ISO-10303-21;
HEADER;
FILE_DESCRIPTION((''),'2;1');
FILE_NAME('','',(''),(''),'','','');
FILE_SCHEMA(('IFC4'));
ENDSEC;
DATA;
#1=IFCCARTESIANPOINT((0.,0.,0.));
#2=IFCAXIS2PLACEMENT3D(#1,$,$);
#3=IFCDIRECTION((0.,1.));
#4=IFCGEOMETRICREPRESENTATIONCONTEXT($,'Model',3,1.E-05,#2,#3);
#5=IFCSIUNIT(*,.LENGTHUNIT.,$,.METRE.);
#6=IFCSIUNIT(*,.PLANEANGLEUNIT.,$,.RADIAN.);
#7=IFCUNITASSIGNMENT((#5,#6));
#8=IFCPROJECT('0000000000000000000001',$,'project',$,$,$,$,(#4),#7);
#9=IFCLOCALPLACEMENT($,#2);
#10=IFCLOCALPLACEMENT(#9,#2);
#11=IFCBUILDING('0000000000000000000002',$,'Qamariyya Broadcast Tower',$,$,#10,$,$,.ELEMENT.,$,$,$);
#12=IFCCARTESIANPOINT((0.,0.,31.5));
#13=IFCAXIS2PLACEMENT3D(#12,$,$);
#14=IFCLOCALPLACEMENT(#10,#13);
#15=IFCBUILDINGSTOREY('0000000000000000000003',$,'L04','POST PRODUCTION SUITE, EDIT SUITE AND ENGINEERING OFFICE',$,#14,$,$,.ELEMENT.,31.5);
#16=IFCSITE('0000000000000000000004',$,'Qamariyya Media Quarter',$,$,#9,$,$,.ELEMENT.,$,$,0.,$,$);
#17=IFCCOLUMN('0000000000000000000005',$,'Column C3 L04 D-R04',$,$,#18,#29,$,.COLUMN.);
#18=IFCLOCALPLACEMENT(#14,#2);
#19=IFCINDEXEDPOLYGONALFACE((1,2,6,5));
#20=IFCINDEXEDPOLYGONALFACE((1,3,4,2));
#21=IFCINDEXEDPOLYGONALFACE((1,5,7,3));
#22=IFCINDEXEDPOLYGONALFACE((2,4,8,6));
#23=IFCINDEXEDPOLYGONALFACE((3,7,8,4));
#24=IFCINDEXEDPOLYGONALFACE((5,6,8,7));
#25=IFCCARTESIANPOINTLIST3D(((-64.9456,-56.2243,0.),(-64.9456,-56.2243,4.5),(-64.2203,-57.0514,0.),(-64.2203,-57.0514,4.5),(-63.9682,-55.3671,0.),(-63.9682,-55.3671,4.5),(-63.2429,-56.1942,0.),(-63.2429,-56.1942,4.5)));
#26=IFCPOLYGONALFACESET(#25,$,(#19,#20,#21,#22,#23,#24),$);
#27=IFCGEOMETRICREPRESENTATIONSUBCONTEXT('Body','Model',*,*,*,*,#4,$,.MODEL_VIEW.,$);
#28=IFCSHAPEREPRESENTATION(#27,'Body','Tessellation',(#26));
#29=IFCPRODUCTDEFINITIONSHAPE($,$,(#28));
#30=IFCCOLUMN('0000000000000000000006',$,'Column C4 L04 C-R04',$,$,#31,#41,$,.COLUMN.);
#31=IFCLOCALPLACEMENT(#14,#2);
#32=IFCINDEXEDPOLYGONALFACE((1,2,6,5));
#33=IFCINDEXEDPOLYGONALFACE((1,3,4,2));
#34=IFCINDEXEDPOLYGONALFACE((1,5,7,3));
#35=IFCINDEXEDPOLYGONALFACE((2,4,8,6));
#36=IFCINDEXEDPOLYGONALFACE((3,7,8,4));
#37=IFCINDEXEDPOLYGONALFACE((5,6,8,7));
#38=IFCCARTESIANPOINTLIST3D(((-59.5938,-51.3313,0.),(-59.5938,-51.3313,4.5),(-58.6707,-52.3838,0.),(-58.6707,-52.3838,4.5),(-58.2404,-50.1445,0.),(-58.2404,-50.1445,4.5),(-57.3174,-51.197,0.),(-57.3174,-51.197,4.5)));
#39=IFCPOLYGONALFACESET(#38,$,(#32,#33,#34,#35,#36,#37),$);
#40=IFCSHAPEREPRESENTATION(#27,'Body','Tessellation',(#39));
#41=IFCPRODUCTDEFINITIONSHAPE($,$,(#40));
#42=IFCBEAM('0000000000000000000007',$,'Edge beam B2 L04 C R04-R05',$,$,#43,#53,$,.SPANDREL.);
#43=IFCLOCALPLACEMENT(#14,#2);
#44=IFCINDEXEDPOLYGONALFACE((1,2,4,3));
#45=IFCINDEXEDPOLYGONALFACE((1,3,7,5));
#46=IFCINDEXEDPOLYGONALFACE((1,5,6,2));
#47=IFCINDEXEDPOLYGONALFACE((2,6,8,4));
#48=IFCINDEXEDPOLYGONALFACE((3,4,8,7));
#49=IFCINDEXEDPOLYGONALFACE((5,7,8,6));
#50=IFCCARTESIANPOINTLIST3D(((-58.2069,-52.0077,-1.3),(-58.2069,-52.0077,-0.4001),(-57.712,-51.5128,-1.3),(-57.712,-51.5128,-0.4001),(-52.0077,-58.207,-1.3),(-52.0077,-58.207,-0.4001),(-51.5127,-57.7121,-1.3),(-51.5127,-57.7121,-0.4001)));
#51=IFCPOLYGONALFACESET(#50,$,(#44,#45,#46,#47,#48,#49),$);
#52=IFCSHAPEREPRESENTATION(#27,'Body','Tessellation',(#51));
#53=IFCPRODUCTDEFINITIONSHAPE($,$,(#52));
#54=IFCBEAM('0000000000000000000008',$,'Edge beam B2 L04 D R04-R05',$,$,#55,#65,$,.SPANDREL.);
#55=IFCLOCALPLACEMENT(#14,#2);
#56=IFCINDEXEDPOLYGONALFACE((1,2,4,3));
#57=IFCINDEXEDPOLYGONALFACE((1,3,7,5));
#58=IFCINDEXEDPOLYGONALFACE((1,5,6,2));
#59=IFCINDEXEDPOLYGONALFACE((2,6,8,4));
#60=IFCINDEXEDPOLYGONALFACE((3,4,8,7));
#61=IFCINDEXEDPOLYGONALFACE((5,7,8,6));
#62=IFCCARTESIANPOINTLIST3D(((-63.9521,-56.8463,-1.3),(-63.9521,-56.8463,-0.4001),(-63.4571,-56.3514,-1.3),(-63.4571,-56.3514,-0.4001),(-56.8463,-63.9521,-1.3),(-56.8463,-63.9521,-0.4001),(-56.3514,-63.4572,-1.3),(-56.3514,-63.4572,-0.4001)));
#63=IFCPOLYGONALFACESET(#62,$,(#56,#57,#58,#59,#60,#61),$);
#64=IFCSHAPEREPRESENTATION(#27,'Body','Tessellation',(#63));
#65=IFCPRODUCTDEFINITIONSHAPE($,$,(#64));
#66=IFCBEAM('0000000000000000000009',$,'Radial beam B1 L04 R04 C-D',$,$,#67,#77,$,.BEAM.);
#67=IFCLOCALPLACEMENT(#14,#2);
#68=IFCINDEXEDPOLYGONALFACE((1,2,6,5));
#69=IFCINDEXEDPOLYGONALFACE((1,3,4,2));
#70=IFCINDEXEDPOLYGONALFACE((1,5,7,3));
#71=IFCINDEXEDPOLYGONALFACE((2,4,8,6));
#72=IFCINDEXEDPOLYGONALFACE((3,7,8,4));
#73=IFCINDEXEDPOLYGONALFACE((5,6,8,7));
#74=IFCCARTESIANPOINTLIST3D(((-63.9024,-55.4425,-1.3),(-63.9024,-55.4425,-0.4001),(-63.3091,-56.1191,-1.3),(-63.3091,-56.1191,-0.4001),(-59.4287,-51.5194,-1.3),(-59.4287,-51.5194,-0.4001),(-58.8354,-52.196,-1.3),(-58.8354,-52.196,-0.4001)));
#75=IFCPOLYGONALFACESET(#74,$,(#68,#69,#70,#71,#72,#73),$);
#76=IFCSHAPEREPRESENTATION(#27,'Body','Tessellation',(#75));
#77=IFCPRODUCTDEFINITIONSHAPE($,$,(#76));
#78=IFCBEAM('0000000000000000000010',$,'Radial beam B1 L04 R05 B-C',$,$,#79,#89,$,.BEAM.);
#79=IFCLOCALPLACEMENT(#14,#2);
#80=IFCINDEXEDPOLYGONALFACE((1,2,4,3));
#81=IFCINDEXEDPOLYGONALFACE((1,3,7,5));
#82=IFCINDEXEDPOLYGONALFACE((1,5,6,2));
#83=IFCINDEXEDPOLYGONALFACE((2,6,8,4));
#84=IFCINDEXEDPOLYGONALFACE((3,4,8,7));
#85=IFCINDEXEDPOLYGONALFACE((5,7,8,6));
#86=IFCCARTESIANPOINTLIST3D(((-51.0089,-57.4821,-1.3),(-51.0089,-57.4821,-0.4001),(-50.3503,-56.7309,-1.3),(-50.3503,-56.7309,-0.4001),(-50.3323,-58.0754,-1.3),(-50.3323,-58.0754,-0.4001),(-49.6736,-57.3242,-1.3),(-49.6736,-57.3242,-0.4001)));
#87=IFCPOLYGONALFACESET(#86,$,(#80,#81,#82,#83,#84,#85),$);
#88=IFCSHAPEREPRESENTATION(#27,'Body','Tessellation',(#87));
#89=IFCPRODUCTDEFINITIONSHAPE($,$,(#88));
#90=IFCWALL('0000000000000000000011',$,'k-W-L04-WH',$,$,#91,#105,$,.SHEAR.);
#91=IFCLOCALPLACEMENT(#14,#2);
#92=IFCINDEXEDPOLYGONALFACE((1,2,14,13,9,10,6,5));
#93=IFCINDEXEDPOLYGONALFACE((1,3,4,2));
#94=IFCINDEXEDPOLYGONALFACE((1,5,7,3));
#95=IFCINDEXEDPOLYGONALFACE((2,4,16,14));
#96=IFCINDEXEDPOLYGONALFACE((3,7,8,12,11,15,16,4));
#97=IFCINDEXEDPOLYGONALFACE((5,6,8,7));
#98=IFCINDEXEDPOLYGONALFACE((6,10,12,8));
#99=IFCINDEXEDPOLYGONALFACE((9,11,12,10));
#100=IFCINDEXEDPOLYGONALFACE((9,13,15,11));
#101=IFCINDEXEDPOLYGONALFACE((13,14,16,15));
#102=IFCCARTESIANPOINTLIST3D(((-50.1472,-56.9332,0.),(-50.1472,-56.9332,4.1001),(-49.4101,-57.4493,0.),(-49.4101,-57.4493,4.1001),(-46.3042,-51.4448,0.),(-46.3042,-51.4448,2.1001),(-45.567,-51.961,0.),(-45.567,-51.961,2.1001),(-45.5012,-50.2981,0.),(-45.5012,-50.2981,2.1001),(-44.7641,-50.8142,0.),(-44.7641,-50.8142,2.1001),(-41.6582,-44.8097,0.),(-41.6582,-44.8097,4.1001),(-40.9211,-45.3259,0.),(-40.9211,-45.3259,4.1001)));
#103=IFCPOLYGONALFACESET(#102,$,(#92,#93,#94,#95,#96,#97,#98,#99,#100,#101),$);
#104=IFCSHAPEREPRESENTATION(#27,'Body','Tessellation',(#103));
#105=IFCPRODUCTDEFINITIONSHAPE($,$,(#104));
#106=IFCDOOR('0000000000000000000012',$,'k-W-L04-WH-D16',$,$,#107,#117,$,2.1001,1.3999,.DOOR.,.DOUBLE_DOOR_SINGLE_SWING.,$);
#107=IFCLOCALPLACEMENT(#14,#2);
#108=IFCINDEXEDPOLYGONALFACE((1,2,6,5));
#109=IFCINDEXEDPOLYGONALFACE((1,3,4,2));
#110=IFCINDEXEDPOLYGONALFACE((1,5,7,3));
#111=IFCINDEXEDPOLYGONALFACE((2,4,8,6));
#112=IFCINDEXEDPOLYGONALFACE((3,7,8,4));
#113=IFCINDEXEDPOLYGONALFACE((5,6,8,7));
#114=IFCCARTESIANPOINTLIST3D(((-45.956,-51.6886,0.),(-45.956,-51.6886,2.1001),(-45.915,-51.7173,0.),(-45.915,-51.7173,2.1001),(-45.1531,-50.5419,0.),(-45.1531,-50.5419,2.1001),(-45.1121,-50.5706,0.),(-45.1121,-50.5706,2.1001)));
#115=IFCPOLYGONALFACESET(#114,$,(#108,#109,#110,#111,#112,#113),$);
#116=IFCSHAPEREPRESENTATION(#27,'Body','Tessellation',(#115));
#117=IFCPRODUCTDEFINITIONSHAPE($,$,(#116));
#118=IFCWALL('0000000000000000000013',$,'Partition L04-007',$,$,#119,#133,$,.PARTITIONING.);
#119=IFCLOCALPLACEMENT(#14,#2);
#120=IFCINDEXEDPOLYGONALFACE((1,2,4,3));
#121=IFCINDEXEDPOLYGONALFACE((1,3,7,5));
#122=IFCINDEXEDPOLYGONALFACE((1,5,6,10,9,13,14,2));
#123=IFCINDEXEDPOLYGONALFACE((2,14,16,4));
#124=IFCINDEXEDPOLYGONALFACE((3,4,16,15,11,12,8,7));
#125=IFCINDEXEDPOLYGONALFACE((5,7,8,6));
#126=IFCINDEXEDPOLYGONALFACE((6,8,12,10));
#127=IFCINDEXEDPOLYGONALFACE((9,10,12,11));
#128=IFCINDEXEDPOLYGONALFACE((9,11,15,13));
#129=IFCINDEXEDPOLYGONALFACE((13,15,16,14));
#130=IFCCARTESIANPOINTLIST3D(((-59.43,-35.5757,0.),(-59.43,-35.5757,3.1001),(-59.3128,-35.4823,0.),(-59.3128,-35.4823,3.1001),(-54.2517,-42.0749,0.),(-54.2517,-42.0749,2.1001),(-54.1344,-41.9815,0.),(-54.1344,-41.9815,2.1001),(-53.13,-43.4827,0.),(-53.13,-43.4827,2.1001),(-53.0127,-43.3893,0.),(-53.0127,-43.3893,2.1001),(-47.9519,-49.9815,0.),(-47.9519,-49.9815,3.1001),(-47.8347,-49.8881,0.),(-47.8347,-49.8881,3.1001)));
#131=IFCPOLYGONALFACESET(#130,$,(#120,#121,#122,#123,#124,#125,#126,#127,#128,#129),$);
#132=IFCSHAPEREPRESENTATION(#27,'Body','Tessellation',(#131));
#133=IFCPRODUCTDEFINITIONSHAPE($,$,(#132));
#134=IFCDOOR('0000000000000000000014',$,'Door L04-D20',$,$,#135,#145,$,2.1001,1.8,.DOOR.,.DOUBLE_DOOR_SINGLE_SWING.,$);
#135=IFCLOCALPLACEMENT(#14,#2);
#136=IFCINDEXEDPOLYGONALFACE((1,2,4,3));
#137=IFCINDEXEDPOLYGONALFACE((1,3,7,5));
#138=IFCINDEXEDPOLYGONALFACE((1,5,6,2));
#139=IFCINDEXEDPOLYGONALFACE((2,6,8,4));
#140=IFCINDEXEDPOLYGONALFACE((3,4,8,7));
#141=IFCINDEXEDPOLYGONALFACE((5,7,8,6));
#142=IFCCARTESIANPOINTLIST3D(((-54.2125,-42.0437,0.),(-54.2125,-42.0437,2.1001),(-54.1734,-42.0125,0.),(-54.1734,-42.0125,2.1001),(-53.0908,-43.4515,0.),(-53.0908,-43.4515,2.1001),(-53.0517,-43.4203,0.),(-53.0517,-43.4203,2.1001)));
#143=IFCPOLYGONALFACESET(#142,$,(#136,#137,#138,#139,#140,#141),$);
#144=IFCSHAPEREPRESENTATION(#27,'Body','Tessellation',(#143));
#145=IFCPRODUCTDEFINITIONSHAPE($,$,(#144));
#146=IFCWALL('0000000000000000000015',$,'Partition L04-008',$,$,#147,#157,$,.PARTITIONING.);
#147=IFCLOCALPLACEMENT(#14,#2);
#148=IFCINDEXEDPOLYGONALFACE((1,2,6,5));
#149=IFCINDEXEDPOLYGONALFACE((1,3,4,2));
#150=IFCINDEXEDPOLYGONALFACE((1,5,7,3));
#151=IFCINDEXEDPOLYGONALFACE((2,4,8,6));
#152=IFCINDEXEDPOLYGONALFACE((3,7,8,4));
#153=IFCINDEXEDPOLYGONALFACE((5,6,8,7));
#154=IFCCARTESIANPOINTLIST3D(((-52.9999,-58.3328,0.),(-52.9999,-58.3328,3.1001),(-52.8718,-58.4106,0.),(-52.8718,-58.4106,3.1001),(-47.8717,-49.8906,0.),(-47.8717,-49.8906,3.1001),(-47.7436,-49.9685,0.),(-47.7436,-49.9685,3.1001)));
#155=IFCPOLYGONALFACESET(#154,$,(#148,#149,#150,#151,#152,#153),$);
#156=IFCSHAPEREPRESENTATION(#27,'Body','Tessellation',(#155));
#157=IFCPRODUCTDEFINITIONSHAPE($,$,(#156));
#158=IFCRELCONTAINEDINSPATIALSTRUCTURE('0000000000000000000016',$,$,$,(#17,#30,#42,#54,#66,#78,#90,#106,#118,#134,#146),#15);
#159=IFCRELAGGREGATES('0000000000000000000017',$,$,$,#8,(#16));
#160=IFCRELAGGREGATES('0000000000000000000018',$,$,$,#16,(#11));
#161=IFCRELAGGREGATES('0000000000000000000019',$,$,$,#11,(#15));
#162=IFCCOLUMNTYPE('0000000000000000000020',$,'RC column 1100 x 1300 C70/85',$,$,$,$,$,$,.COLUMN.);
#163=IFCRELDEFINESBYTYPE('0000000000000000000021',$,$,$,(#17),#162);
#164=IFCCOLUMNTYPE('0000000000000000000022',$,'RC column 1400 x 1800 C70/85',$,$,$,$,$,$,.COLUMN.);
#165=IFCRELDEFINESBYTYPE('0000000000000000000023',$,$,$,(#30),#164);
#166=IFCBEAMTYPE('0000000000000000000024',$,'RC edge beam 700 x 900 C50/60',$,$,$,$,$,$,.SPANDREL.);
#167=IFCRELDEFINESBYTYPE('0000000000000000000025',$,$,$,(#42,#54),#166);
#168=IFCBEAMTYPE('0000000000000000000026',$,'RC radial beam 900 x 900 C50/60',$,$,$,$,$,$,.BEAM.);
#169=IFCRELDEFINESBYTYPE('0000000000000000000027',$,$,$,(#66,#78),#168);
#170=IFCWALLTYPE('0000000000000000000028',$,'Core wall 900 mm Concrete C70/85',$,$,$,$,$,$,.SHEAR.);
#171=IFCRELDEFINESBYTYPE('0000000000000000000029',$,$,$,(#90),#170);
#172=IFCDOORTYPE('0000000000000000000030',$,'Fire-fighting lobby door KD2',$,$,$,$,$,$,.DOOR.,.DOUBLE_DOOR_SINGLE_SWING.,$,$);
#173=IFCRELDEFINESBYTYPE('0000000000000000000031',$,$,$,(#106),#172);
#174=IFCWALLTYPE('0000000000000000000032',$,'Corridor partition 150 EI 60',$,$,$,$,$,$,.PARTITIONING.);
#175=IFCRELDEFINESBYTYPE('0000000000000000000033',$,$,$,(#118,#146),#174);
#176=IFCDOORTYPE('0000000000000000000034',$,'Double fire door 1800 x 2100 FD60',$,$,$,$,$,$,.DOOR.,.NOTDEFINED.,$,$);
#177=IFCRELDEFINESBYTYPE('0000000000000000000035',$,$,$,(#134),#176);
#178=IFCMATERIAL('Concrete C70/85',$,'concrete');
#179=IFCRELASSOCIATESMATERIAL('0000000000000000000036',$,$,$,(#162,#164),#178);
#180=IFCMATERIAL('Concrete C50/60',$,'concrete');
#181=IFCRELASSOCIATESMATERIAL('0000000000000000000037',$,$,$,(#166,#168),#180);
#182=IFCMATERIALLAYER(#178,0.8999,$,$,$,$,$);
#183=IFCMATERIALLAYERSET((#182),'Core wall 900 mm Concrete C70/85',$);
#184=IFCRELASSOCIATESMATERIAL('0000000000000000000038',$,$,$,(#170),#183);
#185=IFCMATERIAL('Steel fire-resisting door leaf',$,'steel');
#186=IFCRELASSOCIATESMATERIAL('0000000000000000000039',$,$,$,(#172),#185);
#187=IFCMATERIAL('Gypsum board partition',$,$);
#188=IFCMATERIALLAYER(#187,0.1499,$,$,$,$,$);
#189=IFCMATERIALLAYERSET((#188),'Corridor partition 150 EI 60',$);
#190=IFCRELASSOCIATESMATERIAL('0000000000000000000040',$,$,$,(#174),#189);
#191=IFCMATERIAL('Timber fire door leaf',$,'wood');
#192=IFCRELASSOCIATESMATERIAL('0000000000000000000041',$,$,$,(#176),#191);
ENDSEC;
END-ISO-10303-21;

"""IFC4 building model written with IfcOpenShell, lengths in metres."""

from ifc_helpers import new_model, si_unit, direction, frame, frame_2d, origin, origin_2d, place, context, subcontext, project, spatial, rectangle, extrude, material, layer, layer_set, material_profile, profile_set, type_object, element, fill, save


model = new_model("IFC4")

# Units and contexts
model_context = context("Model", 3, precision=1e-05, world=origin(), true_north=direction((0.0, 1.0)))
body_context = subcontext(model_context, "Body", "Model", "MODEL_VIEW")
ifc_project = project(units=[si_unit("LENGTHUNIT", "METRE"), si_unit("PLANEANGLEUNIT", "RADIAN")], contexts=[model_context])

# Site, building, storey
site_placement = place(None, origin())
site = spatial("IfcSite", under=ifc_project, at=site_placement, Name="Qamariyya Media Quarter", CompositionType="ELEMENT", RefElevation=0.0)
building_placement = place(site_placement, origin())
building = spatial("IfcBuilding", under=site, at=building_placement, Name="Qamariyya Broadcast Tower", CompositionType="ELEMENT")
storey_placement = place(building_placement, frame((0.0, 0.0, 31.5)))
storey = spatial("IfcBuildingStorey", under=building, at=storey_placement, Name="L04", Description="POST PRODUCTION SUITE, EDIT SUITE AND ENGINEERING OFFICE", CompositionType="ELEMENT", Elevation=31.5)

# Columns
ifc_material_1 = material(Name="Concrete C70/85", Category="concrete")
ifc_material_profile_1 = material_profile(ifc_material_1, rectangle(XDim=1.1001, YDim=1.3, at=origin_2d()))
ifc_profile_set_1 = profile_set([ifc_material_profile_1], Name="Concrete C70/85")
column_type_1 = type_object("IfcColumnType", Name="RC column 1100 x 1300 C70/85", PredefinedType="COLUMN", material=ifc_profile_set_1)
column_1_placement = place(storey_placement, frame((-64.0942, -56.2092, 0.0), z_axis=(0.0, 0.0, 1.0), x_axis=(0.659346, -0.75184, 0.0)))
element("IfcColumn", 1, at=column_1_placement, inside=storey, type_object=column_type_1, Name="Column C3 L04 D-R04", PredefinedType="COLUMN", context=body_context, shape_type="SweptSolid", body=[
    extrude(rectangle(XDim=1.1001, YDim=1.3, at=origin_2d()), origin(), (0.0, 0.0, 1.0), 4.5),
])
ifc_material_profile_2 = material_profile(ifc_material_1, rectangle(XDim=1.3999, YDim=1.8, at=origin_2d()))
ifc_profile_set_2 = profile_set([ifc_material_profile_2], Name="Concrete C70/85")
column_type_2 = type_object("IfcColumnType", Name="RC column 1400 x 1800 C70/85", PredefinedType="COLUMN", material=ifc_profile_set_2)
column_2_placement = place(storey_placement, frame((-58.4556, -51.2642, 0.0), z_axis=(0.0, 0.0, 1.0), x_axis=(0.659346, -0.75184, 0.0)))
element("IfcColumn", 2, at=column_2_placement, inside=storey, type_object=column_type_2, Name="Column C4 L04 C-R04", PredefinedType="COLUMN", context=body_context, shape_type="SweptSolid", body=[
    extrude(rectangle(XDim=1.3999, YDim=1.8, at=origin_2d()), origin(), (0.0, 0.0, 1.0), 4.5),
])

# Beams
ifc_material_2 = material(Name="Concrete C50/60", Category="concrete")
ifc_material_profile_3 = material_profile(ifc_material_2, rectangle(XDim=0.7, YDim=0.8999, at=origin_2d()))
ifc_profile_set_3 = profile_set([ifc_material_profile_3], Name="Concrete C50/60")
beam_type_1 = type_object("IfcBeamType", Name="RC edge beam 700 x 900 C50/60", PredefinedType="SPANDREL", material=ifc_profile_set_3)
beam_1_placement = place(storey_placement, frame((-57.9595, -51.7603, -0.8501), z_axis=(0.707107, -0.707107, 0.0), x_axis=(0.707107, 0.707107, 0.0)))
element("IfcBeam", 3, at=beam_1_placement, inside=storey, type_object=beam_type_1, Name="Edge beam B2 L04 C R04-R05", PredefinedType="SPANDREL", context=body_context, shape_type="SweptSolid", body=[
    extrude(rectangle(XDim=0.7, YDim=0.8999, at=origin_2d()), origin(), (0.0, 0.0, 1.0), 8.7671),
])
beam_2_placement = place(storey_placement, frame((-63.7046, -56.5989, -0.8501), z_axis=(0.707107, -0.707107, 0.0), x_axis=(0.707107, 0.707107, 0.0)))
element("IfcBeam", 4, at=beam_2_placement, inside=storey, type_object=beam_type_1, Name="Edge beam B2 L04 D R04-R05", PredefinedType="SPANDREL", context=body_context, shape_type="SweptSolid", body=[
    extrude(rectangle(XDim=0.7, YDim=0.8999, at=origin_2d()), origin(), (0.0, 0.0, 1.0), 10.0491),
])
ifc_material_profile_4 = material_profile(ifc_material_2, rectangle(XDim=0.8999, YDim=0.8999, at=origin_2d()))
ifc_profile_set_4 = profile_set([ifc_material_profile_4], Name="Concrete C50/60")
beam_type_2 = type_object("IfcBeamType", Name="RC radial beam 900 x 900 C50/60", PredefinedType="BEAM", material=ifc_profile_set_4)
beam_3_placement = place(storey_placement, frame((-59.1321, -51.8577, -0.8501), z_axis=(-0.751854, -0.659329, 0.0), x_axis=(0.659329, -0.751854, 0.0)))
element("IfcBeam", 5, at=beam_3_placement, inside=storey, type_object=beam_type_2, Name="Radial beam B1 L04 R04 C-D", PredefinedType="BEAM", context=body_context, shape_type="SweptSolid", body=[
    extrude(rectangle(XDim=0.8999, YDim=0.8999, at=origin_2d()), origin(), (0.0, 0.0, 1.0), 5.9502),
])
beam_4_placement = place(storey_placement, frame((-50.012, -57.0276, -0.8501), z_axis=(-0.659283, -0.751895, 0.0), x_axis=(0.751895, -0.659283, 0.0)))
element("IfcBeam", 6, at=beam_4_placement, inside=storey, type_object=beam_type_2, Name="Radial beam B1 L04 R05 B-C", PredefinedType="BEAM", context=body_context, shape_type="SweptSolid", body=[
    extrude(rectangle(XDim=0.8999, YDim=0.8999, at=origin_2d()), origin(), (0.0, 0.0, 1.0), 0.999),
])

# Walls, openings, doors
ifc_layer_1 = layer(ifc_material_1, 0.8999)
ifc_layer_set_1 = layer_set([ifc_layer_1], Name="Core wall 900 mm Concrete C70/85")
wall_type_1 = type_object("IfcWallType", Name="Core wall 900 mm Concrete C70/85", PredefinedType="SHEAR", material=ifc_layer_set_1)
wall_1_placement = place(storey_placement, frame((-49.7786, -57.1912, 0.0), z_axis=(0.0, 0.0, 1.0), x_axis=(0.573577, 0.819151, 0.0)))
wall_1 = element("IfcWall", 7, at=wall_1_placement, inside=storey, type_object=wall_type_1, Name="k-W-L04-WH", PredefinedType="SHEAR", context=body_context, shape_type="SweptSolid", body=[
    extrude(rectangle(XDim=14.8, YDim=0.8999, at=frame_2d((7.3999, 0.0))), origin(), (0.0, 0.0, 1.0), 4.1001),
])
opening_1_placement = place(wall_1_placement, frame((6.7, 0.0, 0.0)))
opening_1 = element("IfcOpeningElement", 8, at=opening_1_placement, cuts=wall_1, PredefinedType="OPENING", context=body_context, shape_type="SweptSolid", body=[
    extrude(rectangle(XDim=1.3999, YDim=2.1001, at=frame_2d((0.7, 1.05))), frame((0.0, 0.46, 0.0), z_axis=(0.0, -1.0, 0.0), x_axis=(1.0, 0.0, 0.0)), (0.0, 0.0, 1.0), 0.9199),
])
ifc_material_3 = material(Name="Steel fire-resisting door leaf", Category="steel")
door_type_1 = type_object("IfcDoorType", Name="Fire-fighting lobby door KD2", OperationType="DOUBLE_DOOR_SINGLE_SWING", PredefinedType="DOOR", material=ifc_material_3)
door_1_placement = place(opening_1_placement, origin())
door_1 = element("IfcDoor", 9, at=door_1_placement, inside=storey, type_object=door_type_1, Name="k-W-L04-WH-D16", OperationType="DOUBLE_DOOR_SINGLE_SWING", OverallHeight=2.1001, OverallWidth=1.3999, PredefinedType="DOOR", context=body_context, shape_type="SweptSolid", body=[
    extrude(rectangle(XDim=1.3999, YDim=2.1001, at=frame_2d((0.7, 1.05))), frame((0.0, 0.0249, 0.0), z_axis=(0.0, -1.0, 0.0), x_axis=(1.0, 0.0, 0.0)), (0.0, 0.0, 1.0), 0.05),
])
fill(opening_1, door_1)
ifc_material_4 = material(Name="Gypsum board partition")
ifc_layer_2 = layer(ifc_material_4, 0.1499)
ifc_layer_set_2 = layer_set([ifc_layer_2], Name="Corridor partition 150 EI 60")
wall_type_2 = type_object("IfcWallType", Name="Corridor partition 150 EI 60", PredefinedType="PARTITIONING", material=ifc_layer_set_2)
wall_2_placement = place(storey_placement, frame((-47.8933, -49.9348, 0.0), z_axis=(0.0, 0.0, 1.0), x_axis=(-0.623152, 0.782101, 0.0)))
wall_2 = element("IfcWall", 10, at=wall_2_placement, inside=storey, type_object=wall_type_2, Name="Partition L04-007", PredefinedType="PARTITIONING", context=body_context, shape_type="SweptSolid", body=[
    extrude(rectangle(XDim=18.4194, YDim=0.1499, at=frame_2d((9.2097, 0.0))), origin(), (0.0, 0.0, 1.0), 3.1001),
])
opening_2_placement = place(wall_2_placement, frame((8.3096, 0.0, 0.0)))
opening_2 = element("IfcOpeningElement", 11, at=opening_2_placement, cuts=wall_2, PredefinedType="OPENING", context=body_context, shape_type="SweptSolid", body=[
    extrude(rectangle(XDim=1.8, YDim=2.1001, at=frame_2d((0.8999, 1.05))), frame((0.0, 0.085, 0.0), z_axis=(0.0, -1.0, 0.0), x_axis=(1.0, 0.0, 0.0)), (0.0, 0.0, 1.0), 0.1699),
])
ifc_material_5 = material(Name="Timber fire door leaf", Category="wood")
door_type_2 = type_object("IfcDoorType", Name="Double fire door 1800 x 2100 FD60", OperationType="NOTDEFINED", PredefinedType="DOOR", material=ifc_material_5)
door_2_placement = place(opening_2_placement, origin())
door_2 = element("IfcDoor", 12, at=door_2_placement, inside=storey, type_object=door_type_2, Name="Door L04-D20", OperationType="DOUBLE_DOOR_SINGLE_SWING", OverallHeight=2.1001, OverallWidth=1.8, PredefinedType="DOOR", context=body_context, shape_type="SweptSolid", body=[
    extrude(rectangle(XDim=1.8, YDim=2.1001, at=frame_2d((0.8999, 1.05))), frame((0.0, 0.0249, 0.0), z_axis=(0.0, -1.0, 0.0), x_axis=(1.0, 0.0, 0.0)), (0.0, 0.0, 1.0), 0.05),
])
fill(opening_2, door_2)

# Wall
wall_3_placement = place(storey_placement, frame((-47.8076, -49.9294, 0.0), z_axis=(0.0, 0.0, 1.0), x_axis=(-0.51917, -0.854671, 0.0)))
element("IfcWall", 13, at=wall_3_placement, inside=storey, type_object=wall_type_2, Name="Partition L04-008", PredefinedType="PARTITIONING", context=body_context, shape_type="SweptSolid", body=[
    extrude(rectangle(XDim=9.8777, YDim=0.1499, at=frame_2d((4.939, 0.0))), origin(), (0.0, 0.0, 1.0), 3.1001),
])

save(model, "model.ifc")
